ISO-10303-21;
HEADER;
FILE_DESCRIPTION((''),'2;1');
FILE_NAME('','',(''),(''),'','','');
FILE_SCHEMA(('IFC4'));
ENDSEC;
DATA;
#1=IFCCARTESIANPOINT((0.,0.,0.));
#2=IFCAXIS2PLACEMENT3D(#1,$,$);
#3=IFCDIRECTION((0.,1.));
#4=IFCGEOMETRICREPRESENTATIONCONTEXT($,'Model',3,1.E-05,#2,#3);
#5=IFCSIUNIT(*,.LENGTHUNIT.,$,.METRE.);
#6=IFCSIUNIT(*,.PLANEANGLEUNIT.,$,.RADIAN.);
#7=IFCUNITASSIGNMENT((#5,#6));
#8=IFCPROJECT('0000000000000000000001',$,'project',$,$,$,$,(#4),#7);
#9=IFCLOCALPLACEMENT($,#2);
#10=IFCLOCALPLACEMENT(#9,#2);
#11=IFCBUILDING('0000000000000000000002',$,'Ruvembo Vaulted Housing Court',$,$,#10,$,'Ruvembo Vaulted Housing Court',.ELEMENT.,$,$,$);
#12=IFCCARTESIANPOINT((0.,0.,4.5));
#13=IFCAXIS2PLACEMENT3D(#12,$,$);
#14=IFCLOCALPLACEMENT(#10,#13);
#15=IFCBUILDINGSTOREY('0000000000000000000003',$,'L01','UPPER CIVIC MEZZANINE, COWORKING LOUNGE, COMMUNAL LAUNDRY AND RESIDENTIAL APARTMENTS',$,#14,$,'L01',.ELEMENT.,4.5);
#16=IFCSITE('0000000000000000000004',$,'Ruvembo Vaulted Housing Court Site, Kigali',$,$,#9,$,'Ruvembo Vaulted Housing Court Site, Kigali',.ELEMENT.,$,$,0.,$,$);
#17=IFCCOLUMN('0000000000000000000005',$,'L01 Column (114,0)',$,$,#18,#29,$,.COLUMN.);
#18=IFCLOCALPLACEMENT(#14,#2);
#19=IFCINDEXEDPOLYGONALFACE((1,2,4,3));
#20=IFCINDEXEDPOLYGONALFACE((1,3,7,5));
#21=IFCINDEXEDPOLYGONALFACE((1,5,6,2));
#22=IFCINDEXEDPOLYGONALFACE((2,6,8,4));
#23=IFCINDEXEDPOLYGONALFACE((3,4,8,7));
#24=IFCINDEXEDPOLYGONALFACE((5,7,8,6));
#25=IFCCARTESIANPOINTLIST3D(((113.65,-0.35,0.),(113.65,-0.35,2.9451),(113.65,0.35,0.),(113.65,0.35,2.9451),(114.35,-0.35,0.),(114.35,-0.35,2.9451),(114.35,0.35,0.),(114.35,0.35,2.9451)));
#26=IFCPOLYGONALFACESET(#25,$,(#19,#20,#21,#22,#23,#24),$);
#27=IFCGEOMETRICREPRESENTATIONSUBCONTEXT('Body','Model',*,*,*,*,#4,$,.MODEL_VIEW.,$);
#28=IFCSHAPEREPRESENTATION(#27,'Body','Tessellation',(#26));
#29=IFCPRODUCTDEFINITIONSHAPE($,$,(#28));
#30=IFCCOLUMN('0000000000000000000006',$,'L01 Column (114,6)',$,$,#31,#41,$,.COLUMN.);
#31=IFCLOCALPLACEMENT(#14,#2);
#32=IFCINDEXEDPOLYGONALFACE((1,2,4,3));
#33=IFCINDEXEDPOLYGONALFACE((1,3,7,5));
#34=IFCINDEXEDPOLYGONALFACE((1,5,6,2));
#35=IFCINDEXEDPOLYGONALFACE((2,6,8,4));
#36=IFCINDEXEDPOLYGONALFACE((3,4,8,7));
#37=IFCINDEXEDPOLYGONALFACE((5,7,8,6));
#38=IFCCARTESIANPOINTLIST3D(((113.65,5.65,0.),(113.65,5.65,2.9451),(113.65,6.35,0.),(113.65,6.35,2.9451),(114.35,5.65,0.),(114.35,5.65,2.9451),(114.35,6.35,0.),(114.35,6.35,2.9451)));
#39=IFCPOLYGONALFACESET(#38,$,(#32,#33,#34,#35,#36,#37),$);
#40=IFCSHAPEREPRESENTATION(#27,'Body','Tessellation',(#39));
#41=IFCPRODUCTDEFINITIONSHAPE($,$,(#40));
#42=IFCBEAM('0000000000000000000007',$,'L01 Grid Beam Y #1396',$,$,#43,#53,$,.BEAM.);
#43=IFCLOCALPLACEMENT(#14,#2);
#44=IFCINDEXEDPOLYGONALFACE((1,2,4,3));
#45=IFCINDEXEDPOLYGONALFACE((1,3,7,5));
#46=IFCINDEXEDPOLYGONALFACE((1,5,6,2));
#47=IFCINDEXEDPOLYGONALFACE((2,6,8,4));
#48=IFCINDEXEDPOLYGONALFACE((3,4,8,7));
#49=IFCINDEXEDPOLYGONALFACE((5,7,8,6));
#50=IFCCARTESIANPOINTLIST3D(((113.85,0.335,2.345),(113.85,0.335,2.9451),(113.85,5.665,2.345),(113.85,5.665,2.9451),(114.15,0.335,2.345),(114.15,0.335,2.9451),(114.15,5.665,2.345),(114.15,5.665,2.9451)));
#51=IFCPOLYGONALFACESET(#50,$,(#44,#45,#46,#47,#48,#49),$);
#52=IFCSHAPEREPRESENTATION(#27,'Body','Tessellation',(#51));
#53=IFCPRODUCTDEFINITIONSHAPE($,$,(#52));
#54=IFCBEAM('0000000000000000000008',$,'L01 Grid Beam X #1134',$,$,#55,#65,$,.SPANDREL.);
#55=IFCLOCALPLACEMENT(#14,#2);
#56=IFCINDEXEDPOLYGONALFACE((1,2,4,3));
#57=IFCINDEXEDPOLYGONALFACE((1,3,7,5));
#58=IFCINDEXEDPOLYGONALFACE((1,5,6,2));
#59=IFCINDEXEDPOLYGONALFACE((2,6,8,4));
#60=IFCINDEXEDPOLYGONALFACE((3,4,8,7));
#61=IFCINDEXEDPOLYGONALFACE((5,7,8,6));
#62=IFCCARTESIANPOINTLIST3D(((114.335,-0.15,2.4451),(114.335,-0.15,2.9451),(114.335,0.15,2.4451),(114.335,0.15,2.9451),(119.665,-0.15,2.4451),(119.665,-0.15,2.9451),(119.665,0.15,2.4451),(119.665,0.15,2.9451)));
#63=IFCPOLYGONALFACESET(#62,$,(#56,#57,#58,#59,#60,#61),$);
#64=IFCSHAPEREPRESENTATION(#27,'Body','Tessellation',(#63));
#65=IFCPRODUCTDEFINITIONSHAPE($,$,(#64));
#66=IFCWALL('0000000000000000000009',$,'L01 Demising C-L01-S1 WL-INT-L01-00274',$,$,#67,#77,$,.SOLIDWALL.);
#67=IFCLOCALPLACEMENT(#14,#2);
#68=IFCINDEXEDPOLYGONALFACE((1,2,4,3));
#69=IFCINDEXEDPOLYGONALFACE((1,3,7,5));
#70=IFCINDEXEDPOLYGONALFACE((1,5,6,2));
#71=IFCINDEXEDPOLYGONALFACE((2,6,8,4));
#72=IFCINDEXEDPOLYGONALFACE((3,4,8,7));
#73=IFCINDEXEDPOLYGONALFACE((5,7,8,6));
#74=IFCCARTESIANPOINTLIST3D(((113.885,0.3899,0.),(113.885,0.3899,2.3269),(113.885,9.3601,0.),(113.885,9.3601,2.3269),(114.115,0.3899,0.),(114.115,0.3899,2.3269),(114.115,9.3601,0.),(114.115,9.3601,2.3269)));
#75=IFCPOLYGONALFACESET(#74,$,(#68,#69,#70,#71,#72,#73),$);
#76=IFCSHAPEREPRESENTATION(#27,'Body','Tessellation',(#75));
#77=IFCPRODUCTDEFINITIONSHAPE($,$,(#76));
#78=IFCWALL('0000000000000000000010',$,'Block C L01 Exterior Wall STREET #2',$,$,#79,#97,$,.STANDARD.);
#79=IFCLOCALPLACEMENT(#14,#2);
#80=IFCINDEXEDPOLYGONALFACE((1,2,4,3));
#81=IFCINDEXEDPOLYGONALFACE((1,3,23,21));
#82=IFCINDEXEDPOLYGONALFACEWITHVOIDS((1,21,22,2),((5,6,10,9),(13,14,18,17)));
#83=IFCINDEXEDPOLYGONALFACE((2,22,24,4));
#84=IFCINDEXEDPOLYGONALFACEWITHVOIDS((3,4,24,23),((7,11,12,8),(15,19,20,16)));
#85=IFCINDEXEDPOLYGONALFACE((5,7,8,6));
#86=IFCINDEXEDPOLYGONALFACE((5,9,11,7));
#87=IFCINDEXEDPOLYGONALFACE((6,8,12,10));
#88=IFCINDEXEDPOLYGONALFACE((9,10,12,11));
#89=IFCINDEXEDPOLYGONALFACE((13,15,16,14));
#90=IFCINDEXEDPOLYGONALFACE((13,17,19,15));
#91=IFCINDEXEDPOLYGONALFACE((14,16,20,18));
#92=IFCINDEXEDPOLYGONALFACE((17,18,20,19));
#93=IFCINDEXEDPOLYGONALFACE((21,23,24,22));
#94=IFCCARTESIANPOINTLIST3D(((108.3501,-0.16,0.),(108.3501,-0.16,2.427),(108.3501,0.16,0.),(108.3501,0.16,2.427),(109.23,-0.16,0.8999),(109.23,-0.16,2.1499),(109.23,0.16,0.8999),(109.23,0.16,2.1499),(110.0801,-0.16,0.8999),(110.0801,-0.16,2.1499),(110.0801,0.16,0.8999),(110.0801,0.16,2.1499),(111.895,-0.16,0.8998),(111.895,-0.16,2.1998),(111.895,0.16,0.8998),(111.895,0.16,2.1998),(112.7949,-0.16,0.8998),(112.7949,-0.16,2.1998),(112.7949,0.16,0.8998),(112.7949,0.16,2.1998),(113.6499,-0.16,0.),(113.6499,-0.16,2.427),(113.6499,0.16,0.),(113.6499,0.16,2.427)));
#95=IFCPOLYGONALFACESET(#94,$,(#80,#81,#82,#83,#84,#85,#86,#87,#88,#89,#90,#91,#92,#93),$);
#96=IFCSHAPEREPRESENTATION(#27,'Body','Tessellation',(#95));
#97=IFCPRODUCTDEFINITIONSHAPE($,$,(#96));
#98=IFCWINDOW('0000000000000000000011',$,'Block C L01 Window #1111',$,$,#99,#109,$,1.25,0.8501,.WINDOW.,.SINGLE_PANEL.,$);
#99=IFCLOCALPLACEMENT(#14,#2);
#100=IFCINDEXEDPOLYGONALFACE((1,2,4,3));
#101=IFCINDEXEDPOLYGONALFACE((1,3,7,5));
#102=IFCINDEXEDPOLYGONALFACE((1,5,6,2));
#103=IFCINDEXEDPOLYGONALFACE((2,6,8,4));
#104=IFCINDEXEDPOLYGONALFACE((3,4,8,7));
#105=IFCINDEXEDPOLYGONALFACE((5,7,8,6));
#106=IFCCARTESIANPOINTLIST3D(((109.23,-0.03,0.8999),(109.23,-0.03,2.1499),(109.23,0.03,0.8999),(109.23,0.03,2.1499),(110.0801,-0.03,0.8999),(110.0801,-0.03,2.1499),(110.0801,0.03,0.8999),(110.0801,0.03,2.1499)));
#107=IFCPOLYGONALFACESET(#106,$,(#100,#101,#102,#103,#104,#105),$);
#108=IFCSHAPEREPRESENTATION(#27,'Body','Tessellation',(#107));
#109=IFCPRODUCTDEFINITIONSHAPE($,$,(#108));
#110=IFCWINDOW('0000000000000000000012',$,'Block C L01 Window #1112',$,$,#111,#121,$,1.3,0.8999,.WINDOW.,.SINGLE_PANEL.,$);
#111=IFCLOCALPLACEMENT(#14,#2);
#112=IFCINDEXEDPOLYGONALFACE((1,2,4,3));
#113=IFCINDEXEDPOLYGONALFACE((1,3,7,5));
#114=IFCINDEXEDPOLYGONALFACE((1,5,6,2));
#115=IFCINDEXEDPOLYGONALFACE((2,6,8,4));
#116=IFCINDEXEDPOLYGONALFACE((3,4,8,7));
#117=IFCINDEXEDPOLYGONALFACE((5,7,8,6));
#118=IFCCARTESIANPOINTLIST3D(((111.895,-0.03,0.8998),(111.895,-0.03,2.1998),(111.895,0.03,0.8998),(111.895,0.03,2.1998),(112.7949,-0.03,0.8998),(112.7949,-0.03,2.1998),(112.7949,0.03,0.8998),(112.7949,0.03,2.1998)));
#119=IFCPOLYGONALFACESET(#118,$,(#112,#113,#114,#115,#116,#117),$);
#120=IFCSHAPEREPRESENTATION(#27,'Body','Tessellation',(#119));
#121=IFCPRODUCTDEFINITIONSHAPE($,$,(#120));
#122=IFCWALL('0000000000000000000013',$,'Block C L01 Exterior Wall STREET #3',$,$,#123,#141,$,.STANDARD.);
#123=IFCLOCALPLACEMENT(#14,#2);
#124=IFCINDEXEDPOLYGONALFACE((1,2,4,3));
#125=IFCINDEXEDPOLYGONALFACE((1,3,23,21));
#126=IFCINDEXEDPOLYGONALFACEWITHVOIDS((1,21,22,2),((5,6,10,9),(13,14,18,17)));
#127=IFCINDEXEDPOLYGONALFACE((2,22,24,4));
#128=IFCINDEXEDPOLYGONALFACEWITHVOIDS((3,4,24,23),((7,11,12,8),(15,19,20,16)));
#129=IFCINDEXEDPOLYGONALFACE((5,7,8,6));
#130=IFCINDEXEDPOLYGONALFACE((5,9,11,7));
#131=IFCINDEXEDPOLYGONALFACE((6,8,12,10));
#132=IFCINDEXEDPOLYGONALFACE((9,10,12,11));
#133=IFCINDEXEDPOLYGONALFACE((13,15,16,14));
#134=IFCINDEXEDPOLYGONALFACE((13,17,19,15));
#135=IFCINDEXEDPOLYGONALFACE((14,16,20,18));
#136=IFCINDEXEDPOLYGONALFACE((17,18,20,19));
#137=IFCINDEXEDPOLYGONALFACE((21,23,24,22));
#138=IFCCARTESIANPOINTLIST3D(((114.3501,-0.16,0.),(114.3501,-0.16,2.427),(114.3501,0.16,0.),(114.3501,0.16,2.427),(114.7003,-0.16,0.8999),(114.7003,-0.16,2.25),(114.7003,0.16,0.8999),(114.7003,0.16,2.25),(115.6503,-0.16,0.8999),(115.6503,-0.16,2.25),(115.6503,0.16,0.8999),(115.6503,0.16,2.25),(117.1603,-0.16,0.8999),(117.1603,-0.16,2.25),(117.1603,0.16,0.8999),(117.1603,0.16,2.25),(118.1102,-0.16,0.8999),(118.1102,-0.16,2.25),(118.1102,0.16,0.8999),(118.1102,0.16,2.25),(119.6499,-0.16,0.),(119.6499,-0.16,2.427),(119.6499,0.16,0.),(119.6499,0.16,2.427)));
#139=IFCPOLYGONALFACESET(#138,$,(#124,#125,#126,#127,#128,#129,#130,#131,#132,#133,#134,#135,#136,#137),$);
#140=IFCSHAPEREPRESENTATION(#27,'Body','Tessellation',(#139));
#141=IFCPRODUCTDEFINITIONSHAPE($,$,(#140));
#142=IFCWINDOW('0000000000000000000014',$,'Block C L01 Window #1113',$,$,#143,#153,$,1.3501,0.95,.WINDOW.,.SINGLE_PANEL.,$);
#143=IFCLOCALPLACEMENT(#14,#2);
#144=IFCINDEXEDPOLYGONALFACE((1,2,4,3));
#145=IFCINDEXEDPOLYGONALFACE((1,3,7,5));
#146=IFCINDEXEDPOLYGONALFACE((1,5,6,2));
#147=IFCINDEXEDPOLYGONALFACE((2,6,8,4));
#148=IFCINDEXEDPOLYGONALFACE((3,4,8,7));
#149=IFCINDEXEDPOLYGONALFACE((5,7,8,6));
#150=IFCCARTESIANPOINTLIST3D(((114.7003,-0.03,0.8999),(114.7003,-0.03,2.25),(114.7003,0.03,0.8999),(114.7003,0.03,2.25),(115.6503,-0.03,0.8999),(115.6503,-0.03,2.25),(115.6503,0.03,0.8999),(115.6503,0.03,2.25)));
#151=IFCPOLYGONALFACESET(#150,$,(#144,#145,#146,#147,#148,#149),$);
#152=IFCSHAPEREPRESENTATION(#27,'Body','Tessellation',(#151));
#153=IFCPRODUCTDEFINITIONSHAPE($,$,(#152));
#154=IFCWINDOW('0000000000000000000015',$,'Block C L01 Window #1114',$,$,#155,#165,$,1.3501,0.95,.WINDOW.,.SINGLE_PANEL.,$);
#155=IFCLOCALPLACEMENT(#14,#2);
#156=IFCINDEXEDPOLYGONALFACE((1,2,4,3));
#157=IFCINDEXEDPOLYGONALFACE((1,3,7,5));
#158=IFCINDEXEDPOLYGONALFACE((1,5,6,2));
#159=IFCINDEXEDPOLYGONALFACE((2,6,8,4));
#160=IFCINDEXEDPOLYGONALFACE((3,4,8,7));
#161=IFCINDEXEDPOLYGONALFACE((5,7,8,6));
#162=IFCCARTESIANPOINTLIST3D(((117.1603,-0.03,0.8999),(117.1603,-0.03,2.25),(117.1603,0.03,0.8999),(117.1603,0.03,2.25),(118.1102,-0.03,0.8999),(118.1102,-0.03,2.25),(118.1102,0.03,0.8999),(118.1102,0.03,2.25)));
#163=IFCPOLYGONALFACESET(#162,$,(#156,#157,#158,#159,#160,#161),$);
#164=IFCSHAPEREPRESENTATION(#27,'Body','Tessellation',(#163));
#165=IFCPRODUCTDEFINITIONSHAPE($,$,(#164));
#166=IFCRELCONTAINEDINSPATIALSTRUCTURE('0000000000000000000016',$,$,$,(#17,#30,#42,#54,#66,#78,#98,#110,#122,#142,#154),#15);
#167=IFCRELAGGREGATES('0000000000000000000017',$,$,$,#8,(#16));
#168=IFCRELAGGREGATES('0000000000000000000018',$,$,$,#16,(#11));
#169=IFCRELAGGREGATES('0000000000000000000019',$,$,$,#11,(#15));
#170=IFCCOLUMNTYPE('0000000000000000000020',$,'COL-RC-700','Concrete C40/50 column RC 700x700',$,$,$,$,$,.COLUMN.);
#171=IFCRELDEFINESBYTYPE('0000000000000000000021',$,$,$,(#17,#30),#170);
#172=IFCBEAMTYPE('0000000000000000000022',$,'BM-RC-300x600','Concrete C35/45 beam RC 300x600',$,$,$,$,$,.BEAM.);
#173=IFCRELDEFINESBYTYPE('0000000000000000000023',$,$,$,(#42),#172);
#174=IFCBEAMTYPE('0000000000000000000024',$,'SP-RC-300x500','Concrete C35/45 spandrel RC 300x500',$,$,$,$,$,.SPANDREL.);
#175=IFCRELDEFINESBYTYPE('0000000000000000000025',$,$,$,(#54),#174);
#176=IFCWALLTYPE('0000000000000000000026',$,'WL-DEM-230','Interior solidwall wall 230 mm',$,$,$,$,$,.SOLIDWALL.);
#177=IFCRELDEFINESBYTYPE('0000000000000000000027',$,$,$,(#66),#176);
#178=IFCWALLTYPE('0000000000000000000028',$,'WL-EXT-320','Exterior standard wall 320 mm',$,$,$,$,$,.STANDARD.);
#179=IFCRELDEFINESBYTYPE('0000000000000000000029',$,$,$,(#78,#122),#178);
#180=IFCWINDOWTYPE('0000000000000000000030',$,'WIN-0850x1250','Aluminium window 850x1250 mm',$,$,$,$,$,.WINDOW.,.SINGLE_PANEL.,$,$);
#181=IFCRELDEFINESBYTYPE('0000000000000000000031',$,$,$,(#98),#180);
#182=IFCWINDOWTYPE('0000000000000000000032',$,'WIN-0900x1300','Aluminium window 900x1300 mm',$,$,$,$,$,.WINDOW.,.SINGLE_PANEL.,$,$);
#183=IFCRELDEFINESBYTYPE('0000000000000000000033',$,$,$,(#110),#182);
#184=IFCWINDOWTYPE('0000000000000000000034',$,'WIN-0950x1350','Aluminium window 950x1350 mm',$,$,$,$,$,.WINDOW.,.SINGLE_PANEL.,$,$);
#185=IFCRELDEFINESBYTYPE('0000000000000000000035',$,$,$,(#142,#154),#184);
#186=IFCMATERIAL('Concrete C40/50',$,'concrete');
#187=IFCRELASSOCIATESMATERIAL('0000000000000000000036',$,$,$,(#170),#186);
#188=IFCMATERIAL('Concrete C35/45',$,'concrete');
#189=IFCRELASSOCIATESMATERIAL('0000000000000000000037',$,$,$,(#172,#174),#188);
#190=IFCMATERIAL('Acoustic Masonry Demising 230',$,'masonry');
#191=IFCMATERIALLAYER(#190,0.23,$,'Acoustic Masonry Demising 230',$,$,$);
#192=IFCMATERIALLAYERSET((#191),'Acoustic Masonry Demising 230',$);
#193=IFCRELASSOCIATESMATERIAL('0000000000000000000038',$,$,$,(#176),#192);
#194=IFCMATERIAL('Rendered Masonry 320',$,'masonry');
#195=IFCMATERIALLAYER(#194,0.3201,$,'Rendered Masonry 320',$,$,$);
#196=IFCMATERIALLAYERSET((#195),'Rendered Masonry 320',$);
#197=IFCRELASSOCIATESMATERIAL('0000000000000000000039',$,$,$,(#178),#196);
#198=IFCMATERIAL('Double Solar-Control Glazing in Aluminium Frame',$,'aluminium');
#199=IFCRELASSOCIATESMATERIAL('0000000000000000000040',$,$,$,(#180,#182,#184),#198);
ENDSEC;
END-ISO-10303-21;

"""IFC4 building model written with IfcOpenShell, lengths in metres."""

from ifc_helpers import new_model, si_unit, direction, frame, frame_2d, origin, origin_2d, place, context, subcontext, project, spatial, rectangle, extrude, material, layer, layer_set, material_profile, profile_set, type_object, element, fill, save


model = new_model("IFC4")

# Units and contexts
model_context = context("Model", 3, precision=1e-05, world=origin(), true_north=direction((0.0, 1.0)))
body_context = subcontext(model_context, "Body", "Model", "MODEL_VIEW")
ifc_project = project(units=[si_unit("LENGTHUNIT", "METRE"), si_unit("PLANEANGLEUNIT", "RADIAN")], contexts=[model_context])

# Site, building, storey
site_placement = place(None, origin())
site = spatial("IfcSite", under=ifc_project, at=site_placement, Name="Ruvembo Vaulted Housing Court Site, Kigali", LongName="Ruvembo Vaulted Housing Court Site, Kigali", CompositionType="ELEMENT", RefElevation=0.0)
building_placement = place(site_placement, origin())
building = spatial("IfcBuilding", under=site, at=building_placement, Name="Ruvembo Vaulted Housing Court", LongName="Ruvembo Vaulted Housing Court", CompositionType="ELEMENT")
storey_placement = place(building_placement, frame((0.0, 0.0, 4.5)))
storey = spatial("IfcBuildingStorey", under=building, at=storey_placement, Name="L01", Description="UPPER CIVIC MEZZANINE, COWORKING LOUNGE, COMMUNAL LAUNDRY AND RESIDENTIAL APARTMENTS", LongName="L01", CompositionType="ELEMENT", Elevation=4.5)

# Columns
ifc_material_1 = material(Name="Concrete C40/50", Category="concrete")
ifc_material_profile_1 = material_profile(ifc_material_1, rectangle(XDim=0.7, YDim=0.7, at=origin_2d()), Name="RC 700x700")
ifc_profile_set_1 = profile_set([ifc_material_profile_1], Name="Concrete C40/50")
column_type = type_object("IfcColumnType", Name="COL-RC-700", Description="Concrete C40/50 column RC 700x700", PredefinedType="COLUMN", material=ifc_profile_set_1)
for number, where, z_axis, x_axis, name in (
    (1, (114.0, 0.0, 0.0), (0.0, 0.0, 1.0), (1.0, 0.0, 0.0), "L01 Column (114,0)"),
    (2, (114.0, 6.0, 0.0), (0.0, 0.0, 1.0), (1.0, 0.0, 0.0), "L01 Column (114,6)"),
):
    element("IfcColumn", number, at=place(storey_placement, frame(where, z_axis=z_axis, x_axis=x_axis)), inside=storey, type_object=column_type, Name=name, PredefinedType="COLUMN", context=body_context, shape_type="SweptSolid", body=[
        extrude(rectangle(XDim=0.7, YDim=0.7, at=origin_2d()), origin(), (0.0, 0.0, 1.0), 2.9451),
    ])

# Beams
ifc_material_2 = material(Name="Concrete C35/45", Category="concrete")
ifc_material_profile_2 = material_profile(ifc_material_2, rectangle(XDim=0.3, YDim=0.6001, at=origin_2d()), Name="RC 300x600")
ifc_profile_set_2 = profile_set([ifc_material_profile_2], Name="Concrete C35/45")
beam_type_1 = type_object("IfcBeamType", Name="BM-RC-300x600", Description="Concrete C35/45 beam RC 300x600", PredefinedType="BEAM", material=ifc_profile_set_2)
beam_1_placement = place(storey_placement, frame((114.0, 0.335, 2.645), z_axis=(0.0, 1.0, 0.0), x_axis=(-1.0, 0.0, 0.0)))
element("IfcBeam", 3, at=beam_1_placement, inside=storey, type_object=beam_type_1, Name="L01 Grid Beam Y #1396", PredefinedType="BEAM", context=body_context, shape_type="SweptSolid", body=[
    extrude(rectangle(XDim=0.3, YDim=0.6001, at=origin_2d()), origin(), (0.0, 0.0, 1.0), 5.3301),
])
ifc_material_profile_3 = material_profile(ifc_material_2, rectangle(XDim=0.3, YDim=0.5, at=origin_2d()), Name="RC 300x500")
ifc_profile_set_3 = profile_set([ifc_material_profile_3], Name="Concrete C35/45")
beam_type_2 = type_object("IfcBeamType", Name="SP-RC-300x500", Description="Concrete C35/45 spandrel RC 300x500", PredefinedType="SPANDREL", material=ifc_profile_set_3)
beam_2_placement = place(storey_placement, frame((114.335, 0.0, 2.6951), z_axis=(1.0, 0.0, 0.0), x_axis=(0.0, 1.0, 0.0)))
element("IfcBeam", 4, at=beam_2_placement, inside=storey, type_object=beam_type_2, Name="L01 Grid Beam X #1134", PredefinedType="SPANDREL", context=body_context, shape_type="SweptSolid", body=[
    extrude(rectangle(XDim=0.3, YDim=0.5, at=origin_2d()), origin(), (0.0, 0.0, 1.0), 5.3301),
])

# Wall
ifc_material_3 = material(Name="Acoustic Masonry Demising 230", Category="masonry")
ifc_layer_1 = layer(ifc_material_3, 0.23, Name="Acoustic Masonry Demising 230")
ifc_layer_set_1 = layer_set([ifc_layer_1], Name="Acoustic Masonry Demising 230")
wall_type_1 = type_object("IfcWallType", Name="WL-DEM-230", Description="Interior solidwall wall 230 mm", PredefinedType="SOLIDWALL", material=ifc_layer_set_1)
wall_1_placement = place(storey_placement, frame((114.0, 0.3899, 0.0), z_axis=(0.0, 0.0, 1.0), x_axis=(0.0, 1.0, 0.0)))
element("IfcWall", 5, at=wall_1_placement, inside=storey, type_object=wall_type_1, Name="L01 Demising C-L01-S1 WL-INT-L01-00274", PredefinedType="SOLIDWALL", context=body_context, shape_type="SweptSolid", body=[
    extrude(rectangle(XDim=8.9702, YDim=0.23, at=frame_2d((4.4851, 0.0))), origin(), (0.0, 0.0, 1.0), 2.3269),
])

# Walls, openings, windows
ifc_material_4 = material(Name="Rendered Masonry 320", Category="masonry")
ifc_layer_2 = layer(ifc_material_4, 0.3201, Name="Rendered Masonry 320")
ifc_layer_set_2 = layer_set([ifc_layer_2], Name="Rendered Masonry 320")
wall_type_2 = type_object("IfcWallType", Name="WL-EXT-320", Description="Exterior standard wall 320 mm", PredefinedType="STANDARD", material=ifc_layer_set_2)
wall_2_placement = place(storey_placement, frame((108.3501, 0.0, 0.0), z_axis=(0.0, 0.0, 1.0), x_axis=(1.0, 0.0, 0.0)))
wall_2 = element("IfcWall", 6, at=wall_2_placement, inside=storey, type_object=wall_type_2, Name="Block C L01 Exterior Wall STREET #2", PredefinedType="STANDARD", context=body_context, shape_type="SweptSolid", body=[
    extrude(rectangle(XDim=5.2998, YDim=0.3201, at=frame_2d((2.6499, 0.0))), origin(), (0.0, 0.0, 1.0), 2.427),
])
opening_1_placement = place(wall_2_placement, frame((0.8799, 0.0, 0.8999)))
opening_1 = element("IfcOpeningElement", 7, at=opening_1_placement, cuts=wall_2, PredefinedType="OPENING", context=body_context, shape_type="SweptSolid", body=[
    extrude(rectangle(XDim=0.8501, YDim=1.25, at=frame_2d((0.425, 0.625))), frame((0.0, 0.1699, 0.0), z_axis=(0.0, -1.0, 0.0), x_axis=(1.0, 0.0, 0.0)), (0.0, 0.0, 1.0), 0.3401),
])
opening_2_placement = place(wall_2_placement, frame((3.5449, 0.0, 0.8999)))
opening_2 = element("IfcOpeningElement", 8, at=opening_2_placement, cuts=wall_2, PredefinedType="OPENING", context=body_context, shape_type="SweptSolid", body=[
    extrude(rectangle(XDim=0.8999, YDim=1.3, at=frame_2d((0.45, 0.6499))), frame((0.0, 0.1699, 0.0), z_axis=(0.0, -1.0, 0.0), x_axis=(1.0, 0.0, 0.0)), (0.0, 0.0, 1.0), 0.3401),
])
ifc_material_5 = material(Name="Double Solar-Control Glazing in Aluminium Frame", Category="aluminium")
window_type_1 = type_object("IfcWindowType", Name="WIN-0850x1250", Description="Aluminium window 850x1250 mm", PartitioningType="SINGLE_PANEL", PredefinedType="WINDOW", material=ifc_material_5)
window_1_placement = place(opening_1_placement, origin())
window_1 = element("IfcWindow", 9, at=window_1_placement, inside=storey, type_object=window_type_1, Name="Block C L01 Window #1111", OverallHeight=1.25, OverallWidth=0.8501, PartitioningType="SINGLE_PANEL", PredefinedType="WINDOW", context=body_context, shape_type="SweptSolid", body=[
    extrude(rectangle(XDim=0.8501, YDim=1.25, at=frame_2d((0.425, 0.625))), frame((0.0, 0.03, 0.0), z_axis=(0.0, -1.0, 0.0), x_axis=(1.0, 0.0, 0.0)), (0.0, 0.0, 1.0), 0.0601),
])
fill(opening_1, window_1)
window_type_2 = type_object("IfcWindowType", Name="WIN-0900x1300", Description="Aluminium window 900x1300 mm", PartitioningType="SINGLE_PANEL", PredefinedType="WINDOW", material=ifc_material_5)
window_2_placement = place(opening_2_placement, origin())
window_2 = element("IfcWindow", 10, at=window_2_placement, inside=storey, type_object=window_type_2, Name="Block C L01 Window #1112", OverallHeight=1.3, OverallWidth=0.8999, PartitioningType="SINGLE_PANEL", PredefinedType="WINDOW", context=body_context, shape_type="SweptSolid", body=[
    extrude(rectangle(XDim=0.8999, YDim=1.3, at=frame_2d((0.45, 0.6499))), frame((0.0, 0.03, 0.0), z_axis=(0.0, -1.0, 0.0), x_axis=(1.0, 0.0, 0.0)), (0.0, 0.0, 1.0), 0.0601),
])
fill(opening_2, window_2)
wall_3_placement = place(storey_placement, frame((114.3501, 0.0, 0.0), z_axis=(0.0, 0.0, 1.0), x_axis=(1.0, 0.0, 0.0)))
wall_3 = element("IfcWall", 11, at=wall_3_placement, inside=storey, type_object=wall_type_2, Name="Block C L01 Exterior Wall STREET #3", PredefinedType="STANDARD", context=body_context, shape_type="SweptSolid", body=[
    extrude(rectangle(XDim=5.2998, YDim=0.3201, at=frame_2d((2.6499, 0.0))), origin(), (0.0, 0.0, 1.0), 2.427),
])
opening_3_placement = place(wall_3_placement, frame((0.3501, 0.0, 0.8999)))
opening_3 = element("IfcOpeningElement", 12, at=opening_3_placement, cuts=wall_3, PredefinedType="OPENING", context=body_context, shape_type="SweptSolid", body=[
    extrude(rectangle(XDim=0.95, YDim=1.3501, at=frame_2d((0.4751, 0.675))), frame((0.0, 0.1699, 0.0), z_axis=(0.0, -1.0, 0.0), x_axis=(1.0, 0.0, 0.0)), (0.0, 0.0, 1.0), 0.3401),
])
opening_4_placement = place(wall_3_placement, frame((2.8101, 0.0, 0.8999)))
opening_4 = element("IfcOpeningElement", 13, at=opening_4_placement, cuts=wall_3, PredefinedType="OPENING", context=body_context, shape_type="SweptSolid", body=[
    extrude(rectangle(XDim=0.95, YDim=1.3501, at=frame_2d((0.4751, 0.675))), frame((0.0, 0.1699, 0.0), z_axis=(0.0, -1.0, 0.0), x_axis=(1.0, 0.0, 0.0)), (0.0, 0.0, 1.0), 0.3401),
])
window_type_3 = type_object("IfcWindowType", Name="WIN-0950x1350", Description="Aluminium window 950x1350 mm", PartitioningType="SINGLE_PANEL", PredefinedType="WINDOW", material=ifc_material_5)
window_3_placement = place(opening_3_placement, origin())
window_3 = element("IfcWindow", 14, at=window_3_placement, inside=storey, type_object=window_type_3, Name="Block C L01 Window #1113", OverallHeight=1.3501, OverallWidth=0.95, PartitioningType="SINGLE_PANEL", PredefinedType="WINDOW", context=body_context, shape_type="SweptSolid", body=[
    extrude(rectangle(XDim=0.95, YDim=1.3501, at=frame_2d((0.4751, 0.675))), frame((0.0, 0.03, 0.0), z_axis=(0.0, -1.0, 0.0), x_axis=(1.0, 0.0, 0.0)), (0.0, 0.0, 1.0), 0.0601),
])
fill(opening_3, window_3)
window_4_placement = place(opening_4_placement, origin())
window_4 = element("IfcWindow", 15, at=window_4_placement, inside=storey, type_object=window_type_3, Name="Block C L01 Window #1114", OverallHeight=1.3501, OverallWidth=0.95, PartitioningType="SINGLE_PANEL", PredefinedType="WINDOW", context=body_context, shape_type="SweptSolid", body=[
    extrude(rectangle(XDim=0.95, YDim=1.3501, at=frame_2d((0.4751, 0.675))), frame((0.0, 0.03, 0.0), z_axis=(0.0, -1.0, 0.0), x_axis=(1.0, 0.0, 0.0)), (0.0, 0.0, 1.0), 0.0601),
])
fill(opening_4, window_4)

save(model, "model.ifc")
